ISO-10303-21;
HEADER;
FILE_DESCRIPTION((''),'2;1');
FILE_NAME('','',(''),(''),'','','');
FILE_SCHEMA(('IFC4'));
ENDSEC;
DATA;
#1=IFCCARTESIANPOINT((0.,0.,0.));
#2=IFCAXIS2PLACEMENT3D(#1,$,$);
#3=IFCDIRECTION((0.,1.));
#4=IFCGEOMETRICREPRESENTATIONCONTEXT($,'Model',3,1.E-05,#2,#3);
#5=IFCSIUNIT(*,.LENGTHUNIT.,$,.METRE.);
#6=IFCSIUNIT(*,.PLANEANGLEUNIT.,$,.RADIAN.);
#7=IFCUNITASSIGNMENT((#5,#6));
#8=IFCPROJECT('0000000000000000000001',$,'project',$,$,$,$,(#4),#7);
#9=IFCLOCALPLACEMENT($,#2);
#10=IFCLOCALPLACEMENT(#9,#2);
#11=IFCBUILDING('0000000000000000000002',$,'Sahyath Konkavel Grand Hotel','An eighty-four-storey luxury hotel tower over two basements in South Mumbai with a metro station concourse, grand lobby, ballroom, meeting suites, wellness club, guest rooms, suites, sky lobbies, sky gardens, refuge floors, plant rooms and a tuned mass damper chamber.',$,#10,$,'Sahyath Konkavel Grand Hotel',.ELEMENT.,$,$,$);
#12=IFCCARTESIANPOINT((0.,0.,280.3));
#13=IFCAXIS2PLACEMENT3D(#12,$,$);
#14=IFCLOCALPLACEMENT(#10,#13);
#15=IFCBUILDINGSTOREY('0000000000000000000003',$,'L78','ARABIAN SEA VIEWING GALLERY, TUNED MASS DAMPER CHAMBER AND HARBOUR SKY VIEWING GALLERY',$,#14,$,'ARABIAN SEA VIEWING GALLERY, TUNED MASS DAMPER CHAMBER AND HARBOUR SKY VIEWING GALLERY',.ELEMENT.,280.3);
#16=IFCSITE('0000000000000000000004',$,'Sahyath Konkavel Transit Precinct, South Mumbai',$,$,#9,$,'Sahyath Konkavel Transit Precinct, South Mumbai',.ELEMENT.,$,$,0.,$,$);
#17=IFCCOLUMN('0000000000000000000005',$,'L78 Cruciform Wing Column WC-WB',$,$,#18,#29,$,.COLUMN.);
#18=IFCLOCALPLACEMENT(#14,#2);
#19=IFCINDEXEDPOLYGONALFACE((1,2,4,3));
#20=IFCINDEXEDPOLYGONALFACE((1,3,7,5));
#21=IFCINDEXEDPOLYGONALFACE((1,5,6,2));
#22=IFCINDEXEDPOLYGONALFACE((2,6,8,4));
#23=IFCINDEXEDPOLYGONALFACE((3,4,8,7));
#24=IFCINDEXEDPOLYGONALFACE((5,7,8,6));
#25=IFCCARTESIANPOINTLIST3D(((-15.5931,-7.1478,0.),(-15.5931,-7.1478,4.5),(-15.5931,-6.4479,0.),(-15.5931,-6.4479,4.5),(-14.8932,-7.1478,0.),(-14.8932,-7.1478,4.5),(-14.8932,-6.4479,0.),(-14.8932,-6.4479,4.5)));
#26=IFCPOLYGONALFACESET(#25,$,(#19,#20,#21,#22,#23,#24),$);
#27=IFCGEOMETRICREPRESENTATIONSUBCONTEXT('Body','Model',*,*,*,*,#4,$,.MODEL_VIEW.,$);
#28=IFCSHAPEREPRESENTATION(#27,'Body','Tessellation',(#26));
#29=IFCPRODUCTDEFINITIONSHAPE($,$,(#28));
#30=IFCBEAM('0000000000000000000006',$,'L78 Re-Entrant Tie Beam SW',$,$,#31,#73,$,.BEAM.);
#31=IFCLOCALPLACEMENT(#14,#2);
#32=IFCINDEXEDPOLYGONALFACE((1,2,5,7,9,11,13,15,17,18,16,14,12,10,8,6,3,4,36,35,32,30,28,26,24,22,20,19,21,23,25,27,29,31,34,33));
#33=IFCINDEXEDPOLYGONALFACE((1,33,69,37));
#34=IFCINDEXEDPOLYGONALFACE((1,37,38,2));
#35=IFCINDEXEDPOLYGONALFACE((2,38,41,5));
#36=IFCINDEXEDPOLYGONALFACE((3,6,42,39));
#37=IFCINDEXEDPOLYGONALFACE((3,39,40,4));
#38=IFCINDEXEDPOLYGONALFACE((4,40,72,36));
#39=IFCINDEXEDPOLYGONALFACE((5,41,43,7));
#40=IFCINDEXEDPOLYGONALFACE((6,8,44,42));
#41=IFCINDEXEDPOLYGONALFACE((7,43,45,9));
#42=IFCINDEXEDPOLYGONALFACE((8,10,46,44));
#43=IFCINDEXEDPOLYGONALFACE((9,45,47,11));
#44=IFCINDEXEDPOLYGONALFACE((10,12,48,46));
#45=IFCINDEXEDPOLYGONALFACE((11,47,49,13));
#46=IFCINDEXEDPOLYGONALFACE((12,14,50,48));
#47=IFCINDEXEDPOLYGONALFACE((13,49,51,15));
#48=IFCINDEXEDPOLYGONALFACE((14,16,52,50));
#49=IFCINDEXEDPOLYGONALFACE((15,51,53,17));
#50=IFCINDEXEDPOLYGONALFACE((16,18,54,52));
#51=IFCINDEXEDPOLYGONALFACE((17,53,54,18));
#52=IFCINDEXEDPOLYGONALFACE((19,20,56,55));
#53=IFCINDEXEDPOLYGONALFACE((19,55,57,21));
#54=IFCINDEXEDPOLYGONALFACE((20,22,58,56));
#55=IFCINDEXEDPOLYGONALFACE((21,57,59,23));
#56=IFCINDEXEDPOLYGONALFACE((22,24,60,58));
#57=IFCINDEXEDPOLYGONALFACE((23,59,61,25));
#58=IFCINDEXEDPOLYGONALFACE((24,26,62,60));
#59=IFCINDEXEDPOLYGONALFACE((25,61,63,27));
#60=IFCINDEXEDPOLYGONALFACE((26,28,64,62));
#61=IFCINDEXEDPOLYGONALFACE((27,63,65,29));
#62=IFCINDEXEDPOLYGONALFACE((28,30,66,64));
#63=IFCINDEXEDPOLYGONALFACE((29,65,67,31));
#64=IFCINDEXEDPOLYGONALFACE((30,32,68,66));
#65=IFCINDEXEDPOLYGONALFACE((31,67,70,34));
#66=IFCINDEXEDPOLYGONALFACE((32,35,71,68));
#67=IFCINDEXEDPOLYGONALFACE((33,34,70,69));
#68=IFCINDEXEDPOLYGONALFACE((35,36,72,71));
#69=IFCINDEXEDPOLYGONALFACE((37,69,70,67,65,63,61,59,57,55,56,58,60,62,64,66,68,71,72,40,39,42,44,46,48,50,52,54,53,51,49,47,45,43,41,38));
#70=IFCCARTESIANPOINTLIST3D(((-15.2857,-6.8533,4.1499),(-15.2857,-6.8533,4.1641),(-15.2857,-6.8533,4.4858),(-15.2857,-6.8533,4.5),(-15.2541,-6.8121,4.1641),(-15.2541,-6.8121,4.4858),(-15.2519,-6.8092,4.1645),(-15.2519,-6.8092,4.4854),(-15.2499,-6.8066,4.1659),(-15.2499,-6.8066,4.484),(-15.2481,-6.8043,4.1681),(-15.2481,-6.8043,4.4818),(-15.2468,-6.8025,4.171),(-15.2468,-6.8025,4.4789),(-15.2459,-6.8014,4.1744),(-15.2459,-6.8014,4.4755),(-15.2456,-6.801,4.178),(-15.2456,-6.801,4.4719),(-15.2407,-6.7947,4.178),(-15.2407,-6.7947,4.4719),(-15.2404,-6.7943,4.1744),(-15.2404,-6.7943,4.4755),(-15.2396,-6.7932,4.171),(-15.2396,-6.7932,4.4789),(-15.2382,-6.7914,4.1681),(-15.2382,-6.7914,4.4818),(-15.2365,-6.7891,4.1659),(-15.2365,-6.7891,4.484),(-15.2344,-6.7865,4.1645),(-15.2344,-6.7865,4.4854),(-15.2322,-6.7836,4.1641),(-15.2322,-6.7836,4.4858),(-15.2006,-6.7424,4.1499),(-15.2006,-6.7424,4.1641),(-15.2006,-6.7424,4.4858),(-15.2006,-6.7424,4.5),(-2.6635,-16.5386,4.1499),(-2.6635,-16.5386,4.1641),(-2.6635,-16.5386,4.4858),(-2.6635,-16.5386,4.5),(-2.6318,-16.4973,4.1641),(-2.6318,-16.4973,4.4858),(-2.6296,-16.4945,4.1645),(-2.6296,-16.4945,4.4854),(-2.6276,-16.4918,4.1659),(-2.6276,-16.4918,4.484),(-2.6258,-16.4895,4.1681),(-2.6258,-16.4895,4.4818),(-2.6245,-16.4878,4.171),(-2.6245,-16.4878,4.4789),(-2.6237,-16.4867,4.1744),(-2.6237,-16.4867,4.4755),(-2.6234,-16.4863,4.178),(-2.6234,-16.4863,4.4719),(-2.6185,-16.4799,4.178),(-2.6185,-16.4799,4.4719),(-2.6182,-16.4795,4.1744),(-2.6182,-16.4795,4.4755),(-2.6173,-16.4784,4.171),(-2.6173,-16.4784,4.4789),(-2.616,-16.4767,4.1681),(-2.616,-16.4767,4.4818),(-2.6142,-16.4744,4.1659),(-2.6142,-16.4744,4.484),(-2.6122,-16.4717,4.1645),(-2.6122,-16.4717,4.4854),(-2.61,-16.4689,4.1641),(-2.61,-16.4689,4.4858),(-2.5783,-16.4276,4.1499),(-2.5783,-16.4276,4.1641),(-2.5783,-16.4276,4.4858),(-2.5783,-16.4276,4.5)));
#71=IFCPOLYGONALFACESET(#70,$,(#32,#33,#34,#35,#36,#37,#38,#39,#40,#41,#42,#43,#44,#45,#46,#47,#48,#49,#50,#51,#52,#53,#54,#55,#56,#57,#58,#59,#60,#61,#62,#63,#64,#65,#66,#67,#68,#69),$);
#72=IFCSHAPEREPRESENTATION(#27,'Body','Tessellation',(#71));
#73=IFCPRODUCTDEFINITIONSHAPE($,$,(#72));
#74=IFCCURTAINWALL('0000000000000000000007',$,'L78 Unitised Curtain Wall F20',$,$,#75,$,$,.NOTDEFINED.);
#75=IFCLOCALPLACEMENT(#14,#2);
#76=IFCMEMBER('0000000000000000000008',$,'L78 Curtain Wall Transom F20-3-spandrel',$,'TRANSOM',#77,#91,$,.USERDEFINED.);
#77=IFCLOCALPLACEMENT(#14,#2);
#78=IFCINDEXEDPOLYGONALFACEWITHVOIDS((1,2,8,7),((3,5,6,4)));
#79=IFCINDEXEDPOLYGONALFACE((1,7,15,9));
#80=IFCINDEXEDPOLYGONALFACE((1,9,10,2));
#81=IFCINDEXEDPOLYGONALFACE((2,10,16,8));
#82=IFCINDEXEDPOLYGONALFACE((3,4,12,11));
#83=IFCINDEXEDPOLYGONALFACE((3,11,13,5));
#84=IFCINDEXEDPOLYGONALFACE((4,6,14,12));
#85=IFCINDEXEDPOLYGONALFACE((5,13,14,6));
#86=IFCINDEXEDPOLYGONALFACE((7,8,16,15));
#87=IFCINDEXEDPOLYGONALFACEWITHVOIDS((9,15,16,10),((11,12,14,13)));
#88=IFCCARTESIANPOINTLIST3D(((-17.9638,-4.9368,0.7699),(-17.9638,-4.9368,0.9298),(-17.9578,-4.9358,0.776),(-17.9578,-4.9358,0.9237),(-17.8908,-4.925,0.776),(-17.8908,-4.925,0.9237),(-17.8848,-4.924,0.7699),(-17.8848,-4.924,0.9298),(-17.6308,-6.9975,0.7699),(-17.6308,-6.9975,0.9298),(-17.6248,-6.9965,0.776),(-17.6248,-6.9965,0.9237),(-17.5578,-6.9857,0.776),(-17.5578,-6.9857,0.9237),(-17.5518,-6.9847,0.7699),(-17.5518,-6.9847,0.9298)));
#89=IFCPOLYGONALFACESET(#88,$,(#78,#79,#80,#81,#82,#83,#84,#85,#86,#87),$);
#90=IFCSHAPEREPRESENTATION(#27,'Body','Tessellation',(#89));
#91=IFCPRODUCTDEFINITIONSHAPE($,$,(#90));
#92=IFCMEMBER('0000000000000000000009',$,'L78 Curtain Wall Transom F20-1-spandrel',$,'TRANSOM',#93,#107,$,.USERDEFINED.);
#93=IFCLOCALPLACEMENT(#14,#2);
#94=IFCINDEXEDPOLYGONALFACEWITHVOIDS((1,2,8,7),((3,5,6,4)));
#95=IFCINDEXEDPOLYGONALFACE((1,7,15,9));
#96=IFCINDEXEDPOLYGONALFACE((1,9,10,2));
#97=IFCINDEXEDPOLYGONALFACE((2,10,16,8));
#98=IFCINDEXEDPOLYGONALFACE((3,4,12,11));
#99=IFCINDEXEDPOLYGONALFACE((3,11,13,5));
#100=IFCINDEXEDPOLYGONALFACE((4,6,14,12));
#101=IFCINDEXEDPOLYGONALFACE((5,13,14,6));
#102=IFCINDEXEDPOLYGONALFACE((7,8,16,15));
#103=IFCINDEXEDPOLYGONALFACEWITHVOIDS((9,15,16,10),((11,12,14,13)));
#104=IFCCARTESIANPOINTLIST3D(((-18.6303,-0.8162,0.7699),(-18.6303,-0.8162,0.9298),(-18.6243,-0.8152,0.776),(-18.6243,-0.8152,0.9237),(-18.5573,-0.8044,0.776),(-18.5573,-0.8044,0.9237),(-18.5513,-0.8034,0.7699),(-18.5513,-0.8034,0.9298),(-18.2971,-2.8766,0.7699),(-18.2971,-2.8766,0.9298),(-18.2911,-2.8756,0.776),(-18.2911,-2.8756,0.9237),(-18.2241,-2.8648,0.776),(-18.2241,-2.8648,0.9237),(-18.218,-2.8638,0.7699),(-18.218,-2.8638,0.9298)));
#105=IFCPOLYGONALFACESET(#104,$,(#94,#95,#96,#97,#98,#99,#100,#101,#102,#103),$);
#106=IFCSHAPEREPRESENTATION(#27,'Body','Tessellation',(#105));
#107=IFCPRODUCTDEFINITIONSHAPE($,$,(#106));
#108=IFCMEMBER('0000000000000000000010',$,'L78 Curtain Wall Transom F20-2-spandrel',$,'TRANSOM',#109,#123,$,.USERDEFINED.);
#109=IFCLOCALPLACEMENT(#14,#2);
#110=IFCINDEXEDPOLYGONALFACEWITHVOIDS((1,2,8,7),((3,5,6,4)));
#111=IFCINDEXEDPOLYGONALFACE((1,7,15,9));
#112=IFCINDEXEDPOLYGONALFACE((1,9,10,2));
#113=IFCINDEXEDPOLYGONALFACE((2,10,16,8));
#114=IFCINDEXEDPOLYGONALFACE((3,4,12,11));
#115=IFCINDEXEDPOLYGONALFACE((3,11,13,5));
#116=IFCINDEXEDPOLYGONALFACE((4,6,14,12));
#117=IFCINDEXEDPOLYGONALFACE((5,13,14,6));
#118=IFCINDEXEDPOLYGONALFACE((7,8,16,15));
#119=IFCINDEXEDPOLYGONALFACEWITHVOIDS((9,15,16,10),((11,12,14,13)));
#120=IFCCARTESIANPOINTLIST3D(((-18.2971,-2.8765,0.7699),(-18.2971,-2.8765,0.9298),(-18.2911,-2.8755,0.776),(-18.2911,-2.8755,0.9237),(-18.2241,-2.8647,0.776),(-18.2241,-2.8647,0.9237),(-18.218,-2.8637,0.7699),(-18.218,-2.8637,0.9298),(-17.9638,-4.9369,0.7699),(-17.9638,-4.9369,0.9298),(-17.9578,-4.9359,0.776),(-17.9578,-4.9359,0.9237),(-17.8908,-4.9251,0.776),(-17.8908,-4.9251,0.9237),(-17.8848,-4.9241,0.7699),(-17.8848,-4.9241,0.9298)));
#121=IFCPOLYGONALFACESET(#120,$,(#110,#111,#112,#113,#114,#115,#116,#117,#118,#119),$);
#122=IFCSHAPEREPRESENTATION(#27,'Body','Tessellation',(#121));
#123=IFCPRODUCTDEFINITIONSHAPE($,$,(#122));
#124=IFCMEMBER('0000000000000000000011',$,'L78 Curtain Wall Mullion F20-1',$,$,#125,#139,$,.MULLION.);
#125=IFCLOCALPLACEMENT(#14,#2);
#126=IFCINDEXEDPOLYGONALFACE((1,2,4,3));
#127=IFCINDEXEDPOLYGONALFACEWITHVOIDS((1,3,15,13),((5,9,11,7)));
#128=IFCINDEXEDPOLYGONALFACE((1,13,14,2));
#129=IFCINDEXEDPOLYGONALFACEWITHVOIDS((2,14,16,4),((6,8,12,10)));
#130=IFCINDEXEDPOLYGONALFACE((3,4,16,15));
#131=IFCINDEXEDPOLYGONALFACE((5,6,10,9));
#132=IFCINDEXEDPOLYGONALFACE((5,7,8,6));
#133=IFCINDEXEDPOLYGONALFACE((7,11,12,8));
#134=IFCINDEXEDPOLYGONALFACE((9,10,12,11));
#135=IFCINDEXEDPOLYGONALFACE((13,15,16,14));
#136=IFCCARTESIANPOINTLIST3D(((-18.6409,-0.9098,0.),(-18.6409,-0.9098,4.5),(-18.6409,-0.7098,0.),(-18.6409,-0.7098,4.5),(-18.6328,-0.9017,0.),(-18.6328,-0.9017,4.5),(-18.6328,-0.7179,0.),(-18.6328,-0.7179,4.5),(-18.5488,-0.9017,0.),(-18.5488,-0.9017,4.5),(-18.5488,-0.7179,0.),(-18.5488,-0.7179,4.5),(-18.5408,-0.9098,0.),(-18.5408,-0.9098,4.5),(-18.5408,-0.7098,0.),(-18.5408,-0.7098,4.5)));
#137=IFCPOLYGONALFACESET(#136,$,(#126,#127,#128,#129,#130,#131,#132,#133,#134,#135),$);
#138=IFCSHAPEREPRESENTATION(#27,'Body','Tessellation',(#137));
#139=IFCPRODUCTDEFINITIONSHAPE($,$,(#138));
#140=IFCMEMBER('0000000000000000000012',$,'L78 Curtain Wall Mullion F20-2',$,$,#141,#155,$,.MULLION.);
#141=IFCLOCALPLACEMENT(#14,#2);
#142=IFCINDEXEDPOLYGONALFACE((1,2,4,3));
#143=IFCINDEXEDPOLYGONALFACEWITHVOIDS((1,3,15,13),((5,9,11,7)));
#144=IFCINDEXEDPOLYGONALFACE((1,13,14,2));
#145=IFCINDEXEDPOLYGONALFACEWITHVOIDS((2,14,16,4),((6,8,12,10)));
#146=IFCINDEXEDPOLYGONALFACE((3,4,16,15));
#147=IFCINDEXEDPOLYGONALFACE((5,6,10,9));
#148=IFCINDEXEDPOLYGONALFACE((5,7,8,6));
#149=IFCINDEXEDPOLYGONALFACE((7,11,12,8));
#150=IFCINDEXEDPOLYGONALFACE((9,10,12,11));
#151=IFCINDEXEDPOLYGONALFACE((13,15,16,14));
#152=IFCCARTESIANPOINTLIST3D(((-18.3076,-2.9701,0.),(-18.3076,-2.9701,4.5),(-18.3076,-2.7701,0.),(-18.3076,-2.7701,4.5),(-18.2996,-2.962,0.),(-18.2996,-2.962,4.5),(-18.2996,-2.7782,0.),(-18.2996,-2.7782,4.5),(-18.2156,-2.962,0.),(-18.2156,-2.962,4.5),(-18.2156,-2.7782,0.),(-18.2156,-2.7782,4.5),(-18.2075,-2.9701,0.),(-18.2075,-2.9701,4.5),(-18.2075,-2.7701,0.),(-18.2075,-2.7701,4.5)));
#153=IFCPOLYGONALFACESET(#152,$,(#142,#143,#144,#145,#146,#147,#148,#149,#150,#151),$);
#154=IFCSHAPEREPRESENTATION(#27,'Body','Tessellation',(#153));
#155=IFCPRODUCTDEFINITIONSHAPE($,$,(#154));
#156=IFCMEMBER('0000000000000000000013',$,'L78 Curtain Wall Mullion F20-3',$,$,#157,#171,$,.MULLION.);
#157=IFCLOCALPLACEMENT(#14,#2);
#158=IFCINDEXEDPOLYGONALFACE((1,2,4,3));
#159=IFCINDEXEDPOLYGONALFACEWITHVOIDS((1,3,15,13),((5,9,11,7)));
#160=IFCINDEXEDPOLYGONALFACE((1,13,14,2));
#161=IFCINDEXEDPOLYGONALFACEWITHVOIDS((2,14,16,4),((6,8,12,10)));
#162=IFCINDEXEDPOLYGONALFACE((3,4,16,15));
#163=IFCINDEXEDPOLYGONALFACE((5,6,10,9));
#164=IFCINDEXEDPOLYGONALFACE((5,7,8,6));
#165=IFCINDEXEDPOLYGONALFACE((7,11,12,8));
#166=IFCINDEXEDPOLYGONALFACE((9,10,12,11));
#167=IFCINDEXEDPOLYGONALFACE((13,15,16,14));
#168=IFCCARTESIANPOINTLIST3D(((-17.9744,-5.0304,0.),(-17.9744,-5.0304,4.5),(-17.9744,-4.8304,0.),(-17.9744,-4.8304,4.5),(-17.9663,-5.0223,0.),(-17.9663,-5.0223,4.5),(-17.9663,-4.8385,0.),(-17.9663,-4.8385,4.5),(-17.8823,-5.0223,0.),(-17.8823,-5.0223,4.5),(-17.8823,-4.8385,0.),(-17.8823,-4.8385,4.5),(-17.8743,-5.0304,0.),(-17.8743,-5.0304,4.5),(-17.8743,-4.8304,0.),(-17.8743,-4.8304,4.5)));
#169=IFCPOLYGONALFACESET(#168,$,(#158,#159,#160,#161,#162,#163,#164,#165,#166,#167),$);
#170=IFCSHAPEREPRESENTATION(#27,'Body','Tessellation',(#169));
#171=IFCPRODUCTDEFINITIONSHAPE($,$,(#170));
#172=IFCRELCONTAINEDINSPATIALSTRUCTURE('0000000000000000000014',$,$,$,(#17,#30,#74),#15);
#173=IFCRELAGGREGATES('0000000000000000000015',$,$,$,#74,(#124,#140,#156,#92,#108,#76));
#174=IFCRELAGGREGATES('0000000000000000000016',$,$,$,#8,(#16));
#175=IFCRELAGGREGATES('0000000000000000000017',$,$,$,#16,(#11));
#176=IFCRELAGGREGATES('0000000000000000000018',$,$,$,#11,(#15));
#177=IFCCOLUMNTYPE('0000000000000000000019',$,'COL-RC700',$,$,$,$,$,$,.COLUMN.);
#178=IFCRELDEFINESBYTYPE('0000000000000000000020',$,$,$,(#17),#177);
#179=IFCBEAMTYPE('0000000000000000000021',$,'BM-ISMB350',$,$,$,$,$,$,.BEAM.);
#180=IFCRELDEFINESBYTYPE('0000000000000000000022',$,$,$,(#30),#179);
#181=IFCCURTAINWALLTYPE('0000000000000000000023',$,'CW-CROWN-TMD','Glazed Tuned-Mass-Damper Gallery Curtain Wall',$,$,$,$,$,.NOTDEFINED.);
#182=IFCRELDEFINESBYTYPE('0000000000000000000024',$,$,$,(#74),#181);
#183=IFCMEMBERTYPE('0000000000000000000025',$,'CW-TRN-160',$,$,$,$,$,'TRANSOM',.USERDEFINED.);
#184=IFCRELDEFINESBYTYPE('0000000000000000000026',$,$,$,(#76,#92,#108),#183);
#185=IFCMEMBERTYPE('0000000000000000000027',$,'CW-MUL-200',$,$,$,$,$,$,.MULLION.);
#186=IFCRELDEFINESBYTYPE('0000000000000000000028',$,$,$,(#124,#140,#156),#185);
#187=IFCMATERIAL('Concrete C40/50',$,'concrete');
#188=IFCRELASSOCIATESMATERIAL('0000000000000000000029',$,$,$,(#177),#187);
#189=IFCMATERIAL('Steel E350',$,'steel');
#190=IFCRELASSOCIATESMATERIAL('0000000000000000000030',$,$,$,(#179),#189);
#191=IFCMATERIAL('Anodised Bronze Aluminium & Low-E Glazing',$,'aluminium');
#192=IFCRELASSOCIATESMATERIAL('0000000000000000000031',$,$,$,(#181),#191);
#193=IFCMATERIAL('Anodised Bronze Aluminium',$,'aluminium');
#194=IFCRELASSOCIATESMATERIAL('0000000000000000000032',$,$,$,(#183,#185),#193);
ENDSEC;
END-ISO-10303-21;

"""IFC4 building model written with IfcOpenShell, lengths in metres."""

from ifc_helpers import new_model, si_unit, direction, frame, origin, origin_2d, place, context, subcontext, project, spatial, rectangle, hollow_rectangle, i_section, extrude, source, transform, mapped, material, material_profile, profile_set, type_object, element, aggregate, save


model = new_model("IFC4")

# Units and contexts
model_context = context("Model", 3, precision=1e-05, world=origin(), true_north=direction((0.0, 1.0)))
body_context = subcontext(model_context, "Body", "Model", "MODEL_VIEW")
ifc_project = project(units=[si_unit("LENGTHUNIT", "METRE"), si_unit("PLANEANGLEUNIT", "RADIAN")], contexts=[model_context])

# Site, building, storey
site_placement = place(None, origin())
site = spatial("IfcSite", under=ifc_project, at=site_placement, Name="Sahyath Konkavel Transit Precinct, South Mumbai", LongName="Sahyath Konkavel Transit Precinct, South Mumbai", CompositionType="ELEMENT", RefElevation=0.0)
building_placement = place(site_placement, origin())
building = spatial("IfcBuilding", under=site, at=building_placement, Name="Sahyath Konkavel Grand Hotel", Description="An eighty-four-storey luxury hotel tower over two basements in South Mumbai with a metro station concourse, grand lobby, ballroom, meeting suites, wellness club, guest rooms, suites, sky lobbies, sky gardens, refuge floors, plant rooms and a tuned mass damper chamber.", LongName="Sahyath Konkavel Grand Hotel", CompositionType="ELEMENT")
storey_placement = place(building_placement, frame((0.0, 0.0, 280.3)))
storey = spatial("IfcBuildingStorey", under=building, at=storey_placement, Name="L78", Description="ARABIAN SEA VIEWING GALLERY, TUNED MASS DAMPER CHAMBER AND HARBOUR SKY VIEWING GALLERY", LongName="ARABIAN SEA VIEWING GALLERY, TUNED MASS DAMPER CHAMBER AND HARBOUR SKY VIEWING GALLERY", CompositionType="ELEMENT", Elevation=280.3)

# Column
ifc_material_1 = material(Name="Concrete C40/50", Category="concrete")
ifc_material_profile_1 = material_profile(ifc_material_1, rectangle(XDim=0.7, YDim=0.7, at=origin_2d()), Name="RC 700x700")
ifc_profile_set_1 = profile_set([ifc_material_profile_1], Name="Concrete C40/50")
column_type = type_object("IfcColumnType", Name="COL-RC700", PredefinedType="COLUMN", material=ifc_profile_set_1)
shared_shape_1 = source(origin(), body_context, "Body", "SweptSolid", [
    extrude(rectangle(XDim=0.7, YDim=0.7, at=origin_2d()), origin(), (0.0, 0.0, 1.0), 4.5),
])
column_placement = place(storey_placement, frame((-15.2432, -6.7979, 0.0), z_axis=(0.0, 0.0, 1.0), x_axis=(1.0, 0.0, 0.0)))
element("IfcColumn", 1, at=column_placement, inside=storey, type_object=column_type, Name="L78 Cruciform Wing Column WC-WB", PredefinedType="COLUMN", context=body_context, shape_type="MappedRepresentation", body=[
    mapped(shared_shape_1, transform((0.0, 0.0, 0.0), scale=1.0)),
])

# Beam
ifc_material_2 = material(Name="Steel E350", Category="steel")
ifc_material_profile_2 = material_profile(ifc_material_2, i_section(OverallWidth=0.1399, OverallDepth=0.3501, WebThickness=0.0081, FlangeThickness=0.0142, FilletRadius=0.0139, at=origin_2d()), Name="ISMB 350")
ifc_profile_set_2 = profile_set([ifc_material_profile_2], Name="Steel E350")
beam_type = type_object("IfcBeamType", Name="BM-ISMB350", PredefinedType="BEAM", material=ifc_profile_set_2)
shared_shape_2 = source(origin(), body_context, "Body", "SweptSolid", [
    extrude(i_section(OverallWidth=0.1399, OverallDepth=0.3501, WebThickness=0.0081, FlangeThickness=0.0142, FilletRadius=0.0139, at=origin_2d()), origin(), (0.0, 0.0, 1.0), 15.9099),
])
beam_placement = place(storey_placement, frame((-15.2432, -6.7979, 4.325), z_axis=(0.793358, -0.608756, 0.0), x_axis=(0.608756, 0.793358, 0.0)))
element("IfcBeam", 2, at=beam_placement, inside=storey, type_object=beam_type, Name="L78 Re-Entrant Tie Beam SW", PredefinedType="BEAM", context=body_context, shape_type="MappedRepresentation", body=[
    mapped(shared_shape_2, transform((0.0, 0.0, 0.0), scale=1.0)),
])

# Curtain wall, members
ifc_material_3 = material(Name="Anodised Bronze Aluminium & Low-E Glazing", Category="aluminium")
curtain_wall_type = type_object("IfcCurtainWallType", Name="CW-CROWN-TMD", Description="Glazed Tuned-Mass-Damper Gallery Curtain Wall", PredefinedType="NOTDEFINED", material=ifc_material_3)
curtain_wall_1_placement = place(storey_placement, origin())
curtain_wall_1 = element("IfcCurtainWall", 3, at=curtain_wall_1_placement, inside=storey, type_object=curtain_wall_type, Name="L78 Unitised Curtain Wall F20", PredefinedType="NOTDEFINED")
ifc_material_4 = material(Name="Anodised Bronze Aluminium", Category="aluminium")
ifc_material_profile_3 = material_profile(ifc_material_4, hollow_rectangle(XDim=0.0801, YDim=0.1599, WallThickness=0.0061, at=origin_2d()), Name="RHS 160x80x6")
ifc_profile_set_3 = profile_set([ifc_material_profile_3], Name="Anodised Bronze Aluminium")
member_type_1 = type_object("IfcMemberType", Name="CW-TRN-160", ElementType="TRANSOM", PredefinedType="USERDEFINED", material=ifc_profile_set_3)
shared_shape_3 = source(origin(), body_context, "Body", "SweptSolid", [
    extrude(hollow_rectangle(XDim=0.0801, YDim=0.1599, WallThickness=0.0061, at=origin_2d()), origin(), (0.0, 0.0, 1.0), 2.0874),
])
member_1_placement = place(storey_placement, frame((-17.9243, -4.9304, 0.8499), z_axis=(0.159541, -0.987191, 0.0), x_axis=(0.987191, 0.159541, 0.0)))
member_1 = element("IfcMember", 4, at=member_1_placement, type_object=member_type_1, Name="L78 Curtain Wall Transom F20-3-spandrel", ObjectType="TRANSOM", PredefinedType="USERDEFINED", context=body_context, shape_type="MappedRepresentation", body=[
    mapped(shared_shape_3, transform((0.0, 0.0, 0.0), scale=1.0)),
])
shared_shape_4 = source(origin(), body_context, "Body", "SweptSolid", [
    extrude(hollow_rectangle(XDim=0.0801, YDim=0.1599, WallThickness=0.0061, at=origin_2d()), origin(), (0.0, 0.0, 1.0), 2.0872),
])
member_2_placement = place(storey_placement, frame((-18.5908, -0.8098, 0.8499), z_axis=(0.159674, -0.98717, 0.0), x_axis=(0.98717, 0.159674, 0.0)))
member_2 = element("IfcMember", 5, at=member_2_placement, type_object=member_type_1, Name="L78 Curtain Wall Transom F20-1-spandrel", ObjectType="TRANSOM", PredefinedType="USERDEFINED", context=body_context, shape_type="MappedRepresentation", body=[
    mapped(shared_shape_4, transform((0.0, 0.0, 0.0), scale=1.0)),
])
member_3_placement = place(storey_placement, frame((-18.2576, -2.8701, 0.8499), z_axis=(0.159674, -0.98717, 0.0), x_axis=(0.98717, 0.159674, 0.0)))
member_3 = element("IfcMember", 6, at=member_3_placement, type_object=member_type_1, Name="L78 Curtain Wall Transom F20-2-spandrel", ObjectType="TRANSOM", PredefinedType="USERDEFINED", context=body_context, shape_type="MappedRepresentation", body=[
    mapped(shared_shape_4, transform((0.0, 0.0, 0.0), scale=1.0)),
])
ifc_material_profile_4 = material_profile(ifc_material_4, hollow_rectangle(XDim=0.1001, YDim=0.2, WallThickness=0.0081, at=origin_2d()), Name="RHS 200x100x8")
ifc_profile_set_4 = profile_set([ifc_material_profile_4], Name="Anodised Bronze Aluminium")
member_type_2 = type_object("IfcMemberType", Name="CW-MUL-200", PredefinedType="MULLION", material=ifc_profile_set_4)
shared_shape_5 = source(origin(), body_context, "Body", "SweptSolid", [
    extrude(hollow_rectangle(XDim=0.1001, YDim=0.2, WallThickness=0.0081, at=origin_2d()), origin(), (0.0, 0.0, 1.0), 4.5),
])
member_4_placement = place(storey_placement, frame((-18.5908, -0.8098, 0.0), z_axis=(0.0, 0.0, 1.0), x_axis=(1.0, 0.0, 0.0)))
member_4 = element("IfcMember", 7, at=member_4_placement, type_object=member_type_2, Name="L78 Curtain Wall Mullion F20-1", PredefinedType="MULLION", context=body_context, shape_type="MappedRepresentation", body=[
    mapped(shared_shape_5, transform((0.0, 0.0, 0.0), scale=1.0)),
])
member_5_placement = place(storey_placement, frame((-18.2576, -2.8701, 0.0), z_axis=(0.0, 0.0, 1.0), x_axis=(1.0, 0.0, 0.0)))
member_5 = element("IfcMember", 8, at=member_5_placement, type_object=member_type_2, Name="L78 Curtain Wall Mullion F20-2", PredefinedType="MULLION", context=body_context, shape_type="MappedRepresentation", body=[
    mapped(shared_shape_5, transform((0.0, 0.0, 0.0), scale=1.0)),
])
member_6_placement = place(storey_placement, frame((-17.9243, -4.9304, 0.0), z_axis=(0.0, 0.0, 1.0), x_axis=(1.0, 0.0, 0.0)))
member_6 = element("IfcMember", 9, at=member_6_placement, type_object=member_type_2, Name="L78 Curtain Wall Mullion F20-3", PredefinedType="MULLION", context=body_context, shape_type="MappedRepresentation", body=[
    mapped(shared_shape_5, transform((0.0, 0.0, 0.0), scale=1.0)),
])

aggregate(curtain_wall_1, [member_4, member_5, member_6, member_2, member_3, member_1])

save(model, "model.ifc")
